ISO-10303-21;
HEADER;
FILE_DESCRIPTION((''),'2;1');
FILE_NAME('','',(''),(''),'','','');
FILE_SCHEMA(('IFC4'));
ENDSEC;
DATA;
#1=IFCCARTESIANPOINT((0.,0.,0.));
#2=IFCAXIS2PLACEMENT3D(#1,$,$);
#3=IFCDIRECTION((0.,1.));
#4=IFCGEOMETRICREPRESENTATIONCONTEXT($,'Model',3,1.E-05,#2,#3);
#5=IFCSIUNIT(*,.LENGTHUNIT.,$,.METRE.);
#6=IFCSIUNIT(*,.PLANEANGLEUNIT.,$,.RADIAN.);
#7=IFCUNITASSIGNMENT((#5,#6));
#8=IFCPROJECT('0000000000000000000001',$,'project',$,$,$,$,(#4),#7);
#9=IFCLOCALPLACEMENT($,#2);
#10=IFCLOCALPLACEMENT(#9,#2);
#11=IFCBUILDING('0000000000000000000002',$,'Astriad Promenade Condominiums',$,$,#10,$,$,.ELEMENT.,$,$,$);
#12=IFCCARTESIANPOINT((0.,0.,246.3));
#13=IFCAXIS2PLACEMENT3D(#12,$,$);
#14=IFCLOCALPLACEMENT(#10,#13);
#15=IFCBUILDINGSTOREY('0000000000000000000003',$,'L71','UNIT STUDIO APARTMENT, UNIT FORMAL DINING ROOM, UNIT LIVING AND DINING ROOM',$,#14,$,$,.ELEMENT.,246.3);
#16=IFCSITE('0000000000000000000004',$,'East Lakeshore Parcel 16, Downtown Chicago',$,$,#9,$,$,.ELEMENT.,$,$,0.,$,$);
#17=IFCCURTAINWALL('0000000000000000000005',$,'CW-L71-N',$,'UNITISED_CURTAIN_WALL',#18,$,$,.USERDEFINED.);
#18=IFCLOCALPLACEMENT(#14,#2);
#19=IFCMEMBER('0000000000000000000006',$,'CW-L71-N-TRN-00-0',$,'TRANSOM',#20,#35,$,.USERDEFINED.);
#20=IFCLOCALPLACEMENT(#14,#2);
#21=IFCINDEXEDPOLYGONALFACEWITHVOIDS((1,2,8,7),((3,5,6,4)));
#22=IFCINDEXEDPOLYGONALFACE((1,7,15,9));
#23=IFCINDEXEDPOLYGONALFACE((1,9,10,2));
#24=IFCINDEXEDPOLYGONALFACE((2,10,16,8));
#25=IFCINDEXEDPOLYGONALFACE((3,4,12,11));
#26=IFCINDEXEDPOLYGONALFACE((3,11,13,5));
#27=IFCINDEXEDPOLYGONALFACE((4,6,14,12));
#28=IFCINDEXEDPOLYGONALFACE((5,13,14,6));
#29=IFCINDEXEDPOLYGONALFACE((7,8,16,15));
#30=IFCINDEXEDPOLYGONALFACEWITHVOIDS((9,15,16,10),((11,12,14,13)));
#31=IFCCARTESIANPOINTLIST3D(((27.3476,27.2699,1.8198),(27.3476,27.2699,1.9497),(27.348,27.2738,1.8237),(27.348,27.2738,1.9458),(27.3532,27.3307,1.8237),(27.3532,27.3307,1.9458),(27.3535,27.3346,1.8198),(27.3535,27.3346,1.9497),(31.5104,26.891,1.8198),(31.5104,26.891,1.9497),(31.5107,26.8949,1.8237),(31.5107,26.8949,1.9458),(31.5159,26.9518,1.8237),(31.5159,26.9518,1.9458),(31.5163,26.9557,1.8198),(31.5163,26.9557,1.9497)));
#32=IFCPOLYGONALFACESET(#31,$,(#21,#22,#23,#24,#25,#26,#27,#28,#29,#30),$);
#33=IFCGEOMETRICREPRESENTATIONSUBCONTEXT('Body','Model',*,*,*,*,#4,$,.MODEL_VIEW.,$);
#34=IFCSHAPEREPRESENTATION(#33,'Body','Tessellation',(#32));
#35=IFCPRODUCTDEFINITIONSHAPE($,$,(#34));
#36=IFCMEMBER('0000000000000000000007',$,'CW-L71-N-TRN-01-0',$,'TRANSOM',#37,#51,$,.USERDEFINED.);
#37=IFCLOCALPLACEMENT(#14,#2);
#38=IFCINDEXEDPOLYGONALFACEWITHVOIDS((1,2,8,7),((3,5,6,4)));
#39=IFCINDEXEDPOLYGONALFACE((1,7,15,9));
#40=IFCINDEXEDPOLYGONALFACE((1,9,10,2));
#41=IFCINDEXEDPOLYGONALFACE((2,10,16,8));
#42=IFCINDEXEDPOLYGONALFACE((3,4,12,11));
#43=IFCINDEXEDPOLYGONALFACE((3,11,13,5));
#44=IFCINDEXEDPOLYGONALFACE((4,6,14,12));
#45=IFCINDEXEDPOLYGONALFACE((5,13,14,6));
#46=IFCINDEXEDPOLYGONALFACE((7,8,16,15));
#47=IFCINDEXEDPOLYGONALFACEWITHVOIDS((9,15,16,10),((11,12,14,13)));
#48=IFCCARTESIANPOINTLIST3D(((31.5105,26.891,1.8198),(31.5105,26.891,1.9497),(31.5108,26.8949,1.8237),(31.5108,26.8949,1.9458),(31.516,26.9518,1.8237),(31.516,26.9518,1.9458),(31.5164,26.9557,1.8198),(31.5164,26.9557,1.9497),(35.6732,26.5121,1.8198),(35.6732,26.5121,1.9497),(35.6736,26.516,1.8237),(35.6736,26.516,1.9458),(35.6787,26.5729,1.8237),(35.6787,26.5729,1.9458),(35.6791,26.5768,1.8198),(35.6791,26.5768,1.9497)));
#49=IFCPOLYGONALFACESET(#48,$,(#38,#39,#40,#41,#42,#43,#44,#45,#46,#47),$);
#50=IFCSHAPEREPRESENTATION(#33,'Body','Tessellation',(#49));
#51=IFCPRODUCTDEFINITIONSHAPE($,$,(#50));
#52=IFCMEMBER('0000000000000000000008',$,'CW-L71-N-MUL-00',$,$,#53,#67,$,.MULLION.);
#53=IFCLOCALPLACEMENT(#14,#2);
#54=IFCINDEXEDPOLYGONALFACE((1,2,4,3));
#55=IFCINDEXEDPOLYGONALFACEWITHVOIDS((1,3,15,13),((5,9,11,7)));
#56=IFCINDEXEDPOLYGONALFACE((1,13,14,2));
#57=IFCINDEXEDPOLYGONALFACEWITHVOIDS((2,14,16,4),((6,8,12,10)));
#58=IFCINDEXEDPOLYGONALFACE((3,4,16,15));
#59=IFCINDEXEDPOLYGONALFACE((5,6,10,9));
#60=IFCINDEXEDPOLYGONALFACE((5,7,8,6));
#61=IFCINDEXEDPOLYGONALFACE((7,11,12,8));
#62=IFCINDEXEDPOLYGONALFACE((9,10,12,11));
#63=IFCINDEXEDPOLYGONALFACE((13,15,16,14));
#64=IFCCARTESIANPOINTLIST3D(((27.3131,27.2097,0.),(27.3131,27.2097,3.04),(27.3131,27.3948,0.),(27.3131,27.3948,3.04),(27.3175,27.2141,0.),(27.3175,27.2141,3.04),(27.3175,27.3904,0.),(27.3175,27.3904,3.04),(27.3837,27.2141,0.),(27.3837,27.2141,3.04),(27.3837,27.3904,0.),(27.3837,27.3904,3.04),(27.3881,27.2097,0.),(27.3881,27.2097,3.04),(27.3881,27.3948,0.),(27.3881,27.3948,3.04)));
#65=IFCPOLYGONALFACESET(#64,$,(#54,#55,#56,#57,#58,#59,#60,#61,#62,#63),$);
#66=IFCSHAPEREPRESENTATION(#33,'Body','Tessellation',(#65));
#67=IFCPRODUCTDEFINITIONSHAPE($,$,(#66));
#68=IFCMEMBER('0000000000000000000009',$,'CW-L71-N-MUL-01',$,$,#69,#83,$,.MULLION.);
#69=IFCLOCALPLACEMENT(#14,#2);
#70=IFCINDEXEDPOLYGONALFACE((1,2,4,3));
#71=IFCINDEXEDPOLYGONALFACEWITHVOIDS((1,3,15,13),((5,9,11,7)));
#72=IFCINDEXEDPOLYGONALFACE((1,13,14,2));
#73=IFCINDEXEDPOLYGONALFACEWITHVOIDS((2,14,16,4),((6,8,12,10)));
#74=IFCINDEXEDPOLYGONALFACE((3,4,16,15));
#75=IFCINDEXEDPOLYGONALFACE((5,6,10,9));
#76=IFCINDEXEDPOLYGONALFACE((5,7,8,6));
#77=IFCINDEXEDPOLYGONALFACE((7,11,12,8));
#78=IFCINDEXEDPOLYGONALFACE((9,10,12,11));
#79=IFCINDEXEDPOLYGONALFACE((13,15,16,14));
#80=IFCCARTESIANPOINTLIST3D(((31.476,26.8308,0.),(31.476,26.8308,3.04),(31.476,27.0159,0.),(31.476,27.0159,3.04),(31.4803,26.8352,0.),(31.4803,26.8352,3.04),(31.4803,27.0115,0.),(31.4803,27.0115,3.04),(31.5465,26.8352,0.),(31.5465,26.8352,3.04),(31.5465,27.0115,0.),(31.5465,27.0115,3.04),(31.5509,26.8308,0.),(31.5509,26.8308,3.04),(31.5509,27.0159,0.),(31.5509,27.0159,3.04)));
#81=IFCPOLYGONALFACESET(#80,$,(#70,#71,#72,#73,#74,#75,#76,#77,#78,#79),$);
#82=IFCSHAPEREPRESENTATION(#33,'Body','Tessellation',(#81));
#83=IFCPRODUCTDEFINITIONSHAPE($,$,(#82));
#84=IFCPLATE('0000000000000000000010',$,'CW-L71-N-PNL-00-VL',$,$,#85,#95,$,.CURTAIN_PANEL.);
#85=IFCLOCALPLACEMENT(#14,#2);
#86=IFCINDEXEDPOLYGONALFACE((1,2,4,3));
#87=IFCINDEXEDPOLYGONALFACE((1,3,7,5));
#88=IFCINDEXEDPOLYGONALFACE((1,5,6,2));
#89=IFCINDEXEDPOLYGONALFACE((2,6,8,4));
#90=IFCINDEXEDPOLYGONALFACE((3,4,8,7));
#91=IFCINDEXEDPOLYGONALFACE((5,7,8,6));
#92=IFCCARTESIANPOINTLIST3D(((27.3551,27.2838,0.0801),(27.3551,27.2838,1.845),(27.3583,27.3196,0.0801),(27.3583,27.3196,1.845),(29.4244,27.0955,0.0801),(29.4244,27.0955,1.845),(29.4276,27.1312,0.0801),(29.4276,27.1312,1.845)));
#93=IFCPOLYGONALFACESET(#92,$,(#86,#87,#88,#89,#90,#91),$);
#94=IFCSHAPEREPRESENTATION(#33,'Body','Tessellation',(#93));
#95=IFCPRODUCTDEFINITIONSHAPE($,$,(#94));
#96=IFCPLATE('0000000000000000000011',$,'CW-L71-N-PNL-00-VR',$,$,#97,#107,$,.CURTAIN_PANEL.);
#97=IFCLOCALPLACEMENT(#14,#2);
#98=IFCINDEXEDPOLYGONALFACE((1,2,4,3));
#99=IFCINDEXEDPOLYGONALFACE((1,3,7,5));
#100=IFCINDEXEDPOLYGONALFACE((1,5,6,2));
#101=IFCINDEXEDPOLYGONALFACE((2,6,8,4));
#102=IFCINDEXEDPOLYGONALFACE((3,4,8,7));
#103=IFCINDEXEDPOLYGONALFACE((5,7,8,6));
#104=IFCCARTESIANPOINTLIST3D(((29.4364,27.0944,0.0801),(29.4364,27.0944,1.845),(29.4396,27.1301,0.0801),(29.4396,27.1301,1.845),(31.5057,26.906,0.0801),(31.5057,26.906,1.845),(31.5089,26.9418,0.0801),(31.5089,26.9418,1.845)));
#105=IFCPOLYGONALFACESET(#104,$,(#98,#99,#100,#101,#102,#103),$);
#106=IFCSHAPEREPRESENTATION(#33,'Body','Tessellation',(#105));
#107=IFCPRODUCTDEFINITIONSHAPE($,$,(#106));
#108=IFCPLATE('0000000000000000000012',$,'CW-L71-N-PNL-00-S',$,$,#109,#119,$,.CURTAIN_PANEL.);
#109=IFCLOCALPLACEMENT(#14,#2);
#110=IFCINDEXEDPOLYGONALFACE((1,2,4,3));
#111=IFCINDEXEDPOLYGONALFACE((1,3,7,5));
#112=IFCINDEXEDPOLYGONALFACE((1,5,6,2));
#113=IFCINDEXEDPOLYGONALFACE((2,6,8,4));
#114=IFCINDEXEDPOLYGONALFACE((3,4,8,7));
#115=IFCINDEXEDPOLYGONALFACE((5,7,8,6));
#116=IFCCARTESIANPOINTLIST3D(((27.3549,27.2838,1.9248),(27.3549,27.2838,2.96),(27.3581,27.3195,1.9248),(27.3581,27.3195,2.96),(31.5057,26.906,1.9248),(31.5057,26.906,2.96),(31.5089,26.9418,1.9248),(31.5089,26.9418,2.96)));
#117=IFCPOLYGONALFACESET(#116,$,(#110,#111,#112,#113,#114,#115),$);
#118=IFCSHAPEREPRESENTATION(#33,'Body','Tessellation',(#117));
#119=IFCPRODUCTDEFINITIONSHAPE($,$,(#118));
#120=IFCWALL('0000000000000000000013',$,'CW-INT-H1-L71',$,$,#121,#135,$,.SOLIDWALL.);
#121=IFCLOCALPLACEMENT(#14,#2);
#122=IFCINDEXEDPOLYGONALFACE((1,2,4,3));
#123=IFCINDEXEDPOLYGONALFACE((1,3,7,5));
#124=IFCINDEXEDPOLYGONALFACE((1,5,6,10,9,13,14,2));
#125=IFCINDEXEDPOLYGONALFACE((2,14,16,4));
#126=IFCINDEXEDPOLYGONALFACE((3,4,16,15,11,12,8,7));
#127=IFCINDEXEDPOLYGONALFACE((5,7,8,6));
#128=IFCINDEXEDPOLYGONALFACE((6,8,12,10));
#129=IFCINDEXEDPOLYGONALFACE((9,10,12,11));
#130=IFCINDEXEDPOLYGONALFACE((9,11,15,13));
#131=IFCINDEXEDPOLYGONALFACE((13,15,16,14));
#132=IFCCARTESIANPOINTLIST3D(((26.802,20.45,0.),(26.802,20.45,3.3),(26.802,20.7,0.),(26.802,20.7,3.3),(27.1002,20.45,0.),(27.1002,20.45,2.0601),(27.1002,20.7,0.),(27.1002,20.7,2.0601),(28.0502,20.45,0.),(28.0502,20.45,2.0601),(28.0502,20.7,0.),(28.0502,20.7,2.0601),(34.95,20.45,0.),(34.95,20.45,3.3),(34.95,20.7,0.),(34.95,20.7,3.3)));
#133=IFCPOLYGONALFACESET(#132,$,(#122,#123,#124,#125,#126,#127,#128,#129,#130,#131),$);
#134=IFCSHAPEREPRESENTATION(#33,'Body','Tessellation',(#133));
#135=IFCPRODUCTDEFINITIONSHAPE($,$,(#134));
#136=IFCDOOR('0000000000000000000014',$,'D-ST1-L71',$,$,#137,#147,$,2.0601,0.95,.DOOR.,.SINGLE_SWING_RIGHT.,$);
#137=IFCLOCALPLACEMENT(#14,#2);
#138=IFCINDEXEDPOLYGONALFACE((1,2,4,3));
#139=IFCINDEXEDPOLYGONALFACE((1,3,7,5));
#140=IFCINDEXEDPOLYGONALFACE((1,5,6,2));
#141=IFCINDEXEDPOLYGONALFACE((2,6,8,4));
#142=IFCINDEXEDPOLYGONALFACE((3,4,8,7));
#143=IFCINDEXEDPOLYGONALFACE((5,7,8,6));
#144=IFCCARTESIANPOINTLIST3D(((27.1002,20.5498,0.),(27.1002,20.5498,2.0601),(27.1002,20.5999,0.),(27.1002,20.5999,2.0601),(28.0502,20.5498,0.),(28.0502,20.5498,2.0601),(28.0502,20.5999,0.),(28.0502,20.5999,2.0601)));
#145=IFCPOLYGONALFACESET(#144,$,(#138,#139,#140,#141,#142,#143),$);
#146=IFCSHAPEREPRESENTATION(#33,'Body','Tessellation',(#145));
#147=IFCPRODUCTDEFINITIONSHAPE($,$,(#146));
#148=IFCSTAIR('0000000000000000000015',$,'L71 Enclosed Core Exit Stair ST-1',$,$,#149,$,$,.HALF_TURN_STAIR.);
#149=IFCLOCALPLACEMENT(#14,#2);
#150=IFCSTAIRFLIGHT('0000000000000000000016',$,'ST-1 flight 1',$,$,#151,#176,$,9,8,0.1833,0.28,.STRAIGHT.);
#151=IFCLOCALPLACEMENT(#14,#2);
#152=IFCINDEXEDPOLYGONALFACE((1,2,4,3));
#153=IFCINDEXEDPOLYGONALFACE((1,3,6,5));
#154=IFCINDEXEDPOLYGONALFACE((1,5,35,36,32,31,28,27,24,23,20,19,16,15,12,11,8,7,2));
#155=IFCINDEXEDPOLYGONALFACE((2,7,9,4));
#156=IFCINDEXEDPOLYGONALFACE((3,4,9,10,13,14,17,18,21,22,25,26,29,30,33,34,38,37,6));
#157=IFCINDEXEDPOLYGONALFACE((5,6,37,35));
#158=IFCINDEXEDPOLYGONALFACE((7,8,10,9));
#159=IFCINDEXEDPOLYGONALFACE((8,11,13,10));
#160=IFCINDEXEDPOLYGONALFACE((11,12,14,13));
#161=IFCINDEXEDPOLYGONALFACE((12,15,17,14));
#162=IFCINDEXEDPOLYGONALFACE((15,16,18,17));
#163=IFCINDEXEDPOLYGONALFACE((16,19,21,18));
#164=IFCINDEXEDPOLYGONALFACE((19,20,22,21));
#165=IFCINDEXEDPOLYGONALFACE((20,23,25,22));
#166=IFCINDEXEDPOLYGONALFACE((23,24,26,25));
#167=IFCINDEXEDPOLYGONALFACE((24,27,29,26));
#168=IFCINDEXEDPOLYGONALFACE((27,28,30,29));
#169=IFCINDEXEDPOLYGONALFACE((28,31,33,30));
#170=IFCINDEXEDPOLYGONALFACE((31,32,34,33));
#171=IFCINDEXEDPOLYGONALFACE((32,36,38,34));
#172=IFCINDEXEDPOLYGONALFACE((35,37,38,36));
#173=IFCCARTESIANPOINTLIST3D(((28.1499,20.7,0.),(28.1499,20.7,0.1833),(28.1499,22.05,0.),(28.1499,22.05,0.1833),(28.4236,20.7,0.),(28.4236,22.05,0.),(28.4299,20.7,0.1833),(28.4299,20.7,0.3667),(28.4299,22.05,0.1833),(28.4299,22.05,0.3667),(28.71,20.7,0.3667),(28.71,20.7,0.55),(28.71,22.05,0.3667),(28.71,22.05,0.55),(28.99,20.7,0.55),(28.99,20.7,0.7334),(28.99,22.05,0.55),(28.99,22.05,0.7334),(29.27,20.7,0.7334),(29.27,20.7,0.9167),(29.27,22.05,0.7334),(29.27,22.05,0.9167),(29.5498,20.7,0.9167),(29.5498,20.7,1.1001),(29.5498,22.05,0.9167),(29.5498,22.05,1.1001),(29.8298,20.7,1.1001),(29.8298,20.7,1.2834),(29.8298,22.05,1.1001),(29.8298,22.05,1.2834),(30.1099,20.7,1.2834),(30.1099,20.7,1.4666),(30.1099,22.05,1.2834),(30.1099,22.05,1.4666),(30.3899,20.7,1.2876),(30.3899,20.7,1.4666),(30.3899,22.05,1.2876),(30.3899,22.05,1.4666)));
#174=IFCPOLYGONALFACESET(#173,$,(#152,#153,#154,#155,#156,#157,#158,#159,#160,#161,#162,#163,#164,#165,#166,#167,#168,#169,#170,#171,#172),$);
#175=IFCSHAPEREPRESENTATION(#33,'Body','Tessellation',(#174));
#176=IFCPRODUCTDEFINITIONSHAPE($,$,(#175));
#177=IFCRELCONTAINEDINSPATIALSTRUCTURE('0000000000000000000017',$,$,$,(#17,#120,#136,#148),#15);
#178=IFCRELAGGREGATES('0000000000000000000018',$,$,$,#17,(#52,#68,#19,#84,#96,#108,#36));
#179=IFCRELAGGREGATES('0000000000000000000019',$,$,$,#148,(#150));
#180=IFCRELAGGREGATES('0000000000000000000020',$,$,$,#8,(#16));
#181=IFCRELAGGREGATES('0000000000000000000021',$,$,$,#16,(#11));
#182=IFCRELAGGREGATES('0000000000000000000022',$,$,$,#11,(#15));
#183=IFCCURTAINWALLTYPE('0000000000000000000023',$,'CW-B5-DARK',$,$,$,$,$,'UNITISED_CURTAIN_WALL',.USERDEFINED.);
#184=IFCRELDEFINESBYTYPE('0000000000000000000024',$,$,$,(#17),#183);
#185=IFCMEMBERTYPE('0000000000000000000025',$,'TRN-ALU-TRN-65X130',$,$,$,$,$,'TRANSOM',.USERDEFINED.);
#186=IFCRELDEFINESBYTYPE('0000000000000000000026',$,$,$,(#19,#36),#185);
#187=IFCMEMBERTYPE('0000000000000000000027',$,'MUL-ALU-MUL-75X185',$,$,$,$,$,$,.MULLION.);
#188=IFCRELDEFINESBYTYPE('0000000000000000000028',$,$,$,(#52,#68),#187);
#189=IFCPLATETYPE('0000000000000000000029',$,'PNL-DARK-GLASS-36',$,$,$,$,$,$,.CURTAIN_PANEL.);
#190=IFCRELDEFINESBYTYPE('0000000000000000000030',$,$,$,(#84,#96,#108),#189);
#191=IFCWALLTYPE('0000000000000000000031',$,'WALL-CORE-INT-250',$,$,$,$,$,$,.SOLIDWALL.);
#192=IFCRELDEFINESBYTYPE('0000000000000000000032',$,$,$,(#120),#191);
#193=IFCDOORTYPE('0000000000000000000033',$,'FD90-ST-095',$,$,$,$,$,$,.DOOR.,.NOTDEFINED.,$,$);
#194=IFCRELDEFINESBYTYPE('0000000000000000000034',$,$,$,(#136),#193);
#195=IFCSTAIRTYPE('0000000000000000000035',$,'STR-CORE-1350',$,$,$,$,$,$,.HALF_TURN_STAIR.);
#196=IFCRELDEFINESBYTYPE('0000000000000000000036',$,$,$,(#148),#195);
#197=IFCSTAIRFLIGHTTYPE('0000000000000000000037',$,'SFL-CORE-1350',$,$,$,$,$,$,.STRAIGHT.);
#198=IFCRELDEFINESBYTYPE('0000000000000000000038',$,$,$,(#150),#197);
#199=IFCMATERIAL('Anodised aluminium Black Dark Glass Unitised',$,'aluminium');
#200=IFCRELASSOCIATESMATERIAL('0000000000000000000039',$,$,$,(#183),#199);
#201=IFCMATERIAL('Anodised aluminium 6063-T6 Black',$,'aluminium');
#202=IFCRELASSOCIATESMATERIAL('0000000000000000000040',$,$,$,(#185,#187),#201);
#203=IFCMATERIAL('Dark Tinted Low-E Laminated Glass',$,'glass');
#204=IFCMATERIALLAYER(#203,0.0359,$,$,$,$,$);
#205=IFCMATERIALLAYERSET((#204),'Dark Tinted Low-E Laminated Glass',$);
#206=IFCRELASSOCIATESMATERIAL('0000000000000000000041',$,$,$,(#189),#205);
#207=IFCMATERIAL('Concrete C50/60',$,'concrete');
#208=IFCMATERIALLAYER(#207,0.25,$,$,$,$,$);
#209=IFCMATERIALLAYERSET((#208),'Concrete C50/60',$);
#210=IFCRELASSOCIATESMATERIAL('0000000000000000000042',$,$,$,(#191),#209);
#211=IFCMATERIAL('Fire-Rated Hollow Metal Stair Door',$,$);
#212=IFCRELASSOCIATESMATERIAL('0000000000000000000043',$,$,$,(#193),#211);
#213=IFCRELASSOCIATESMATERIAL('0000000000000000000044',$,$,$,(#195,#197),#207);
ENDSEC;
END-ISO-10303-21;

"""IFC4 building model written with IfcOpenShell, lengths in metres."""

from ifc_helpers import new_model, si_unit, direction, frame, frame_2d, origin, origin_2d, place, context, subcontext, project, spatial, polyline, rectangle, hollow_rectangle, outline, extrude, source, transform, mapped, material, layer, layer_set, material_profile, profile_set, type_object, type_shapes, element, fill, aggregate, save


model = new_model("IFC4")

# Units and contexts
model_context = context("Model", 3, precision=1e-05, world=origin(), true_north=direction((0.0, 1.0)))
body_context = subcontext(model_context, "Body", "Model", "MODEL_VIEW")
ifc_project = project(units=[si_unit("LENGTHUNIT", "METRE"), si_unit("PLANEANGLEUNIT", "RADIAN")], contexts=[model_context])

# Site, building, storey
site_placement = place(None, origin())
site = spatial("IfcSite", under=ifc_project, at=site_placement, Name="East Lakeshore Parcel 16, Downtown Chicago", CompositionType="ELEMENT", RefElevation=0.0)
building_placement = place(site_placement, origin())
building = spatial("IfcBuilding", under=site, at=building_placement, Name="Astriad Promenade Condominiums", CompositionType="ELEMENT")
storey_placement = place(building_placement, frame((0.0, 0.0, 246.3)))
storey = spatial("IfcBuildingStorey", under=building, at=storey_placement, Name="L71", Description="UNIT STUDIO APARTMENT, UNIT FORMAL DINING ROOM, UNIT LIVING AND DINING ROOM", CompositionType="ELEMENT", Elevation=246.3)

# Curtain wall, members, plates
ifc_material_1 = material(Name="Anodised aluminium Black Dark Glass Unitised", Category="aluminium")
curtain_wall_type = type_object("IfcCurtainWallType", Name="CW-B5-DARK", ElementType="UNITISED_CURTAIN_WALL", PredefinedType="USERDEFINED", material=ifc_material_1)
curtain_wall_placement = place(storey_placement, origin())
curtain_wall = element("IfcCurtainWall", 1, at=curtain_wall_placement, inside=storey, type_object=curtain_wall_type, Name="CW-L71-N", ObjectType="UNITISED_CURTAIN_WALL", PredefinedType="USERDEFINED")
ifc_material_2 = material(Name="Anodised aluminium 6063-T6 Black", Category="aluminium")
ifc_material_profile_1 = material_profile(ifc_material_2, hollow_rectangle(XDim=0.0649, YDim=0.1299, WallThickness=0.0039, at=origin_2d()), Name="ALU-TRN-65X130")
ifc_profile_set_1 = profile_set([ifc_material_profile_1], Name="Anodised aluminium 6063-T6 Black")
member_type_1 = type_object("IfcMemberType", Name="TRN-ALU-TRN-65X130", ElementType="TRANSOM", PredefinedType="USERDEFINED", material=ifc_profile_set_1)
shared_shape_1 = source(origin(), body_context, "Body", "SweptSolid", [
    extrude(hollow_rectangle(XDim=0.0649, YDim=0.1299, WallThickness=0.0039, at=origin_2d()), origin(), (0.0, 0.0, 1.0), 4.1799),
])
type_shapes(member_type_1, [shared_shape_1])
member_1_placement = place(storey_placement, frame((27.3506, 27.3022, 1.8848), z_axis=(0.995883, -0.090646, 0.0), x_axis=(0.090646, 0.995883, 0.0)))
member_1 = element("IfcMember", 2, at=member_1_placement, type_object=member_type_1, Name="CW-L71-N-TRN-00-0", ObjectType="TRANSOM", PredefinedType="USERDEFINED", context=body_context, shape_type="MappedRepresentation", body=[
    mapped(shared_shape_1, transform((0.0, 0.0, 0.0), scale=1.0)),
])
member_2_placement = place(storey_placement, frame((31.5134, 26.9233, 1.8848), z_axis=(0.995883, -0.090646, 0.0), x_axis=(0.090646, 0.995883, 0.0)))
member_2 = element("IfcMember", 3, at=member_2_placement, type_object=member_type_1, Name="CW-L71-N-TRN-01-0", ObjectType="TRANSOM", PredefinedType="USERDEFINED", context=body_context, shape_type="MappedRepresentation", body=[
    mapped(shared_shape_1, transform((0.0, 0.0, 0.0), scale=1.0)),
])
ifc_material_profile_2 = material_profile(ifc_material_2, hollow_rectangle(XDim=0.075, YDim=0.1851, WallThickness=0.0044, at=origin_2d()), Name="ALU-MUL-75X185")
ifc_profile_set_2 = profile_set([ifc_material_profile_2], Name="Anodised aluminium 6063-T6 Black")
member_type_2 = type_object("IfcMemberType", Name="MUL-ALU-MUL-75X185", PredefinedType="MULLION", material=ifc_profile_set_2)
shared_shape_2 = source(origin(), body_context, "Body", "SweptSolid", [
    extrude(hollow_rectangle(XDim=0.075, YDim=0.1851, WallThickness=0.0044, at=origin_2d()), origin(), (0.0, 0.0, 1.0), 3.04),
])
type_shapes(member_type_2, [shared_shape_2])
member_3_placement = place(storey_placement, frame((27.3506, 27.3022, 0.0), z_axis=(0.0, 0.0, 1.0), x_axis=(1.0, 0.0, 0.0)))
member_3 = element("IfcMember", 4, at=member_3_placement, type_object=member_type_2, Name="CW-L71-N-MUL-00", PredefinedType="MULLION", context=body_context, shape_type="MappedRepresentation", body=[
    mapped(shared_shape_2, transform((0.0, 0.0, 0.0), scale=1.0)),
])
member_4_placement = place(storey_placement, frame((31.5134, 26.9233, 0.0), z_axis=(0.0, 0.0, 1.0), x_axis=(1.0, 0.0, 0.0)))
member_4 = element("IfcMember", 5, at=member_4_placement, type_object=member_type_2, Name="CW-L71-N-MUL-01", PredefinedType="MULLION", context=body_context, shape_type="MappedRepresentation", body=[
    mapped(shared_shape_2, transform((0.0, 0.0, 0.0), scale=1.0)),
])
ifc_material_3 = material(Name="Dark Tinted Low-E Laminated Glass", Category="glass")
ifc_layer_1 = layer(ifc_material_3, 0.0359)
ifc_layer_set_1 = layer_set([ifc_layer_1], Name="Dark Tinted Low-E Laminated Glass")
plate_type = type_object("IfcPlateType", Name="PNL-DARK-GLASS-36", PredefinedType="CURTAIN_PANEL", material=ifc_layer_set_1)
shared_shape_3 = source(origin(), body_context, "Body", "SweptSolid", [
    extrude(rectangle(XDim=2.0779, YDim=0.0359, at=origin_2d()), origin(), (0.0, 0.0, 1.0), 1.7649),
])
plate_1_placement = place(storey_placement, frame((28.3914, 27.2075, 0.0801), z_axis=(0.0, 0.0, 1.0), x_axis=(0.995884, -0.090633, 0.0)))
plate_1 = element("IfcPlate", 6, at=plate_1_placement, type_object=plate_type, Name="CW-L71-N-PNL-00-VL", PredefinedType="CURTAIN_PANEL", context=body_context, shape_type="MappedRepresentation", body=[
    mapped(shared_shape_3, transform((0.0, 0.0, 0.0), scale=1.0)),
])
plate_2_placement = place(storey_placement, frame((30.4727, 27.0181, 0.0801), z_axis=(0.0, 0.0, 1.0), x_axis=(0.995884, -0.090633, 0.0)))
plate_2 = element("IfcPlate", 7, at=plate_2_placement, type_object=plate_type, Name="CW-L71-N-PNL-00-VR", PredefinedType="CURTAIN_PANEL", context=body_context, shape_type="MappedRepresentation", body=[
    mapped(shared_shape_3, transform((0.0, 0.0, 0.0), scale=1.0)),
])
shared_shape_4 = source(origin(), body_context, "Body", "SweptSolid", [
    extrude(rectangle(XDim=4.168, YDim=0.0359, at=origin_2d()), origin(), (0.0, 0.0, 1.0), 1.0352),
])
type_shapes(plate_type, [shared_shape_3, shared_shape_4])
plate_3_placement = place(storey_placement, frame((29.4319, 27.1128, 1.9248), z_axis=(0.0, 0.0, 1.0), x_axis=(0.995884, -0.090633, 0.0)))
plate_3 = element("IfcPlate", 8, at=plate_3_placement, type_object=plate_type, Name="CW-L71-N-PNL-00-S", PredefinedType="CURTAIN_PANEL", context=body_context, shape_type="MappedRepresentation", body=[
    mapped(shared_shape_4, transform((0.0, 0.0, 0.0), scale=1.0)),
])
aggregate(curtain_wall, [member_3, member_4, member_1, plate_1, plate_2, plate_3, member_2])

# Wall, opening, door
ifc_material_4 = material(Name="Concrete C50/60", Category="concrete")
ifc_layer_2 = layer(ifc_material_4, 0.25)
ifc_layer_set_2 = layer_set([ifc_layer_2], Name="Concrete C50/60")
wall_type = type_object("IfcWallType", Name="WALL-CORE-INT-250", PredefinedType="SOLIDWALL", material=ifc_layer_set_2)
wall_placement = place(storey_placement, frame((26.802, 20.575, 0.0), z_axis=(0.0, 0.0, 1.0), x_axis=(1.0, 0.0, 0.0)))
wall = element("IfcWall", 9, at=wall_placement, inside=storey, type_object=wall_type, Name="CW-INT-H1-L71", PredefinedType="SOLIDWALL", context=body_context, shape_type="SweptSolid", body=[
    extrude(rectangle(XDim=8.1479, YDim=0.25, at=frame_2d((4.074, 0.0))), origin(), (0.0, 0.0, 1.0), 3.3),
])
opening_placement = place(wall_placement, frame((0.2981, 0.0, 0.0)))
opening = element("IfcOpeningElement", 10, at=opening_placement, cuts=wall, PredefinedType="OPENING", context=body_context, shape_type="SweptSolid", body=[
    extrude(rectangle(XDim=0.95, YDim=2.0601, at=frame_2d((0.4751, 1.03))), frame((0.0, 0.135, 0.0), z_axis=(0.0, -1.0, 0.0), x_axis=(1.0, 0.0, 0.0)), (0.0, 0.0, 1.0), 0.27),
])
ifc_material_5 = material(Name="Fire-Rated Hollow Metal Stair Door")
door_type = type_object("IfcDoorType", Name="FD90-ST-095", OperationType="NOTDEFINED", PredefinedType="DOOR", material=ifc_material_5)
shared_shape_5 = source(origin(), body_context, "Body", "SweptSolid", [
    extrude(rectangle(XDim=0.95, YDim=2.0601, at=frame_2d((0.4751, 1.03))), frame((0.0, 0.0249, 0.0), z_axis=(0.0, -1.0, 0.0), x_axis=(1.0, 0.0, 0.0)), (0.0, 0.0, 1.0), 0.05),
])
type_shapes(door_type, [shared_shape_5])
door_placement = place(opening_placement, origin())
door = element("IfcDoor", 11, at=door_placement, inside=storey, type_object=door_type, Name="D-ST1-L71", OperationType="SINGLE_SWING_RIGHT", OverallHeight=2.0601, OverallWidth=0.95, PredefinedType="DOOR", context=body_context, shape_type="MappedRepresentation", body=[
    mapped(shared_shape_5, transform((0.0, 0.0, 0.0), scale=1.0)),
])
fill(opening, door)

# Stair, stair flight
stair_type = type_object("IfcStairType", Name="STR-CORE-1350", PredefinedType="HALF_TURN_STAIR", material=ifc_material_4)
stair_placement = place(storey_placement, origin())
stair = element("IfcStair", 12, at=stair_placement, inside=storey, type_object=stair_type, Name="L71 Enclosed Core Exit Stair ST-1", PredefinedType="HALF_TURN_STAIR")
stair_flight_type = type_object("IfcStairFlightType", Name="SFL-CORE-1350", PredefinedType="STRAIGHT", material=ifc_material_4)
shared_shape_6 = source(origin(), body_context, "Body", "SweptSolid", [
    extrude(outline(polyline([(0.0, 0.0), (0.0, 0.1833), (0.28, 0.1833), (0.28, 0.3667), (0.5601, 0.3667), (0.5601, 0.55), (0.8401, 0.55), (0.8401, 0.7334), (1.1201, 0.7334), (1.1201, 0.9167), (1.3999, 0.9167), (1.3999, 1.1001), (1.6799, 1.1001), (1.6799, 1.2834), (1.96, 1.2834), (1.96, 1.4666), (2.24, 1.4666), (2.24, 1.6499), (2.24, 1.2876), (0.2737, 0.0), (0.0, 0.0)])), frame((0.0, 0.675, 0.0), z_axis=(0.0, -1.0, 0.0), x_axis=(1.0, 0.0, 0.0)), (0.0, 0.0, 1.0), 1.3501),
])
type_shapes(stair_flight_type, [shared_shape_6])
stair_flight_1_placement = place(storey_placement, frame((28.1499, 21.375, 0.0), z_axis=(0.0, 0.0, 1.0), x_axis=(1.0, 0.0, 0.0)))
stair_flight_1 = element("IfcStairFlight", 13, at=stair_flight_1_placement, type_object=stair_flight_type, Name="ST-1 flight 1", NumberOfRisers=9, NumberOfTreads=8, PredefinedType="STRAIGHT", RiserHeight=0.1833, TreadLength=0.28, context=body_context, shape_type="MappedRepresentation", body=[
    mapped(shared_shape_6, transform((0.0, 0.0, 0.0), scale=1.0)),
])
aggregate(stair, [stair_flight_1])

save(model, "model.ifc")
